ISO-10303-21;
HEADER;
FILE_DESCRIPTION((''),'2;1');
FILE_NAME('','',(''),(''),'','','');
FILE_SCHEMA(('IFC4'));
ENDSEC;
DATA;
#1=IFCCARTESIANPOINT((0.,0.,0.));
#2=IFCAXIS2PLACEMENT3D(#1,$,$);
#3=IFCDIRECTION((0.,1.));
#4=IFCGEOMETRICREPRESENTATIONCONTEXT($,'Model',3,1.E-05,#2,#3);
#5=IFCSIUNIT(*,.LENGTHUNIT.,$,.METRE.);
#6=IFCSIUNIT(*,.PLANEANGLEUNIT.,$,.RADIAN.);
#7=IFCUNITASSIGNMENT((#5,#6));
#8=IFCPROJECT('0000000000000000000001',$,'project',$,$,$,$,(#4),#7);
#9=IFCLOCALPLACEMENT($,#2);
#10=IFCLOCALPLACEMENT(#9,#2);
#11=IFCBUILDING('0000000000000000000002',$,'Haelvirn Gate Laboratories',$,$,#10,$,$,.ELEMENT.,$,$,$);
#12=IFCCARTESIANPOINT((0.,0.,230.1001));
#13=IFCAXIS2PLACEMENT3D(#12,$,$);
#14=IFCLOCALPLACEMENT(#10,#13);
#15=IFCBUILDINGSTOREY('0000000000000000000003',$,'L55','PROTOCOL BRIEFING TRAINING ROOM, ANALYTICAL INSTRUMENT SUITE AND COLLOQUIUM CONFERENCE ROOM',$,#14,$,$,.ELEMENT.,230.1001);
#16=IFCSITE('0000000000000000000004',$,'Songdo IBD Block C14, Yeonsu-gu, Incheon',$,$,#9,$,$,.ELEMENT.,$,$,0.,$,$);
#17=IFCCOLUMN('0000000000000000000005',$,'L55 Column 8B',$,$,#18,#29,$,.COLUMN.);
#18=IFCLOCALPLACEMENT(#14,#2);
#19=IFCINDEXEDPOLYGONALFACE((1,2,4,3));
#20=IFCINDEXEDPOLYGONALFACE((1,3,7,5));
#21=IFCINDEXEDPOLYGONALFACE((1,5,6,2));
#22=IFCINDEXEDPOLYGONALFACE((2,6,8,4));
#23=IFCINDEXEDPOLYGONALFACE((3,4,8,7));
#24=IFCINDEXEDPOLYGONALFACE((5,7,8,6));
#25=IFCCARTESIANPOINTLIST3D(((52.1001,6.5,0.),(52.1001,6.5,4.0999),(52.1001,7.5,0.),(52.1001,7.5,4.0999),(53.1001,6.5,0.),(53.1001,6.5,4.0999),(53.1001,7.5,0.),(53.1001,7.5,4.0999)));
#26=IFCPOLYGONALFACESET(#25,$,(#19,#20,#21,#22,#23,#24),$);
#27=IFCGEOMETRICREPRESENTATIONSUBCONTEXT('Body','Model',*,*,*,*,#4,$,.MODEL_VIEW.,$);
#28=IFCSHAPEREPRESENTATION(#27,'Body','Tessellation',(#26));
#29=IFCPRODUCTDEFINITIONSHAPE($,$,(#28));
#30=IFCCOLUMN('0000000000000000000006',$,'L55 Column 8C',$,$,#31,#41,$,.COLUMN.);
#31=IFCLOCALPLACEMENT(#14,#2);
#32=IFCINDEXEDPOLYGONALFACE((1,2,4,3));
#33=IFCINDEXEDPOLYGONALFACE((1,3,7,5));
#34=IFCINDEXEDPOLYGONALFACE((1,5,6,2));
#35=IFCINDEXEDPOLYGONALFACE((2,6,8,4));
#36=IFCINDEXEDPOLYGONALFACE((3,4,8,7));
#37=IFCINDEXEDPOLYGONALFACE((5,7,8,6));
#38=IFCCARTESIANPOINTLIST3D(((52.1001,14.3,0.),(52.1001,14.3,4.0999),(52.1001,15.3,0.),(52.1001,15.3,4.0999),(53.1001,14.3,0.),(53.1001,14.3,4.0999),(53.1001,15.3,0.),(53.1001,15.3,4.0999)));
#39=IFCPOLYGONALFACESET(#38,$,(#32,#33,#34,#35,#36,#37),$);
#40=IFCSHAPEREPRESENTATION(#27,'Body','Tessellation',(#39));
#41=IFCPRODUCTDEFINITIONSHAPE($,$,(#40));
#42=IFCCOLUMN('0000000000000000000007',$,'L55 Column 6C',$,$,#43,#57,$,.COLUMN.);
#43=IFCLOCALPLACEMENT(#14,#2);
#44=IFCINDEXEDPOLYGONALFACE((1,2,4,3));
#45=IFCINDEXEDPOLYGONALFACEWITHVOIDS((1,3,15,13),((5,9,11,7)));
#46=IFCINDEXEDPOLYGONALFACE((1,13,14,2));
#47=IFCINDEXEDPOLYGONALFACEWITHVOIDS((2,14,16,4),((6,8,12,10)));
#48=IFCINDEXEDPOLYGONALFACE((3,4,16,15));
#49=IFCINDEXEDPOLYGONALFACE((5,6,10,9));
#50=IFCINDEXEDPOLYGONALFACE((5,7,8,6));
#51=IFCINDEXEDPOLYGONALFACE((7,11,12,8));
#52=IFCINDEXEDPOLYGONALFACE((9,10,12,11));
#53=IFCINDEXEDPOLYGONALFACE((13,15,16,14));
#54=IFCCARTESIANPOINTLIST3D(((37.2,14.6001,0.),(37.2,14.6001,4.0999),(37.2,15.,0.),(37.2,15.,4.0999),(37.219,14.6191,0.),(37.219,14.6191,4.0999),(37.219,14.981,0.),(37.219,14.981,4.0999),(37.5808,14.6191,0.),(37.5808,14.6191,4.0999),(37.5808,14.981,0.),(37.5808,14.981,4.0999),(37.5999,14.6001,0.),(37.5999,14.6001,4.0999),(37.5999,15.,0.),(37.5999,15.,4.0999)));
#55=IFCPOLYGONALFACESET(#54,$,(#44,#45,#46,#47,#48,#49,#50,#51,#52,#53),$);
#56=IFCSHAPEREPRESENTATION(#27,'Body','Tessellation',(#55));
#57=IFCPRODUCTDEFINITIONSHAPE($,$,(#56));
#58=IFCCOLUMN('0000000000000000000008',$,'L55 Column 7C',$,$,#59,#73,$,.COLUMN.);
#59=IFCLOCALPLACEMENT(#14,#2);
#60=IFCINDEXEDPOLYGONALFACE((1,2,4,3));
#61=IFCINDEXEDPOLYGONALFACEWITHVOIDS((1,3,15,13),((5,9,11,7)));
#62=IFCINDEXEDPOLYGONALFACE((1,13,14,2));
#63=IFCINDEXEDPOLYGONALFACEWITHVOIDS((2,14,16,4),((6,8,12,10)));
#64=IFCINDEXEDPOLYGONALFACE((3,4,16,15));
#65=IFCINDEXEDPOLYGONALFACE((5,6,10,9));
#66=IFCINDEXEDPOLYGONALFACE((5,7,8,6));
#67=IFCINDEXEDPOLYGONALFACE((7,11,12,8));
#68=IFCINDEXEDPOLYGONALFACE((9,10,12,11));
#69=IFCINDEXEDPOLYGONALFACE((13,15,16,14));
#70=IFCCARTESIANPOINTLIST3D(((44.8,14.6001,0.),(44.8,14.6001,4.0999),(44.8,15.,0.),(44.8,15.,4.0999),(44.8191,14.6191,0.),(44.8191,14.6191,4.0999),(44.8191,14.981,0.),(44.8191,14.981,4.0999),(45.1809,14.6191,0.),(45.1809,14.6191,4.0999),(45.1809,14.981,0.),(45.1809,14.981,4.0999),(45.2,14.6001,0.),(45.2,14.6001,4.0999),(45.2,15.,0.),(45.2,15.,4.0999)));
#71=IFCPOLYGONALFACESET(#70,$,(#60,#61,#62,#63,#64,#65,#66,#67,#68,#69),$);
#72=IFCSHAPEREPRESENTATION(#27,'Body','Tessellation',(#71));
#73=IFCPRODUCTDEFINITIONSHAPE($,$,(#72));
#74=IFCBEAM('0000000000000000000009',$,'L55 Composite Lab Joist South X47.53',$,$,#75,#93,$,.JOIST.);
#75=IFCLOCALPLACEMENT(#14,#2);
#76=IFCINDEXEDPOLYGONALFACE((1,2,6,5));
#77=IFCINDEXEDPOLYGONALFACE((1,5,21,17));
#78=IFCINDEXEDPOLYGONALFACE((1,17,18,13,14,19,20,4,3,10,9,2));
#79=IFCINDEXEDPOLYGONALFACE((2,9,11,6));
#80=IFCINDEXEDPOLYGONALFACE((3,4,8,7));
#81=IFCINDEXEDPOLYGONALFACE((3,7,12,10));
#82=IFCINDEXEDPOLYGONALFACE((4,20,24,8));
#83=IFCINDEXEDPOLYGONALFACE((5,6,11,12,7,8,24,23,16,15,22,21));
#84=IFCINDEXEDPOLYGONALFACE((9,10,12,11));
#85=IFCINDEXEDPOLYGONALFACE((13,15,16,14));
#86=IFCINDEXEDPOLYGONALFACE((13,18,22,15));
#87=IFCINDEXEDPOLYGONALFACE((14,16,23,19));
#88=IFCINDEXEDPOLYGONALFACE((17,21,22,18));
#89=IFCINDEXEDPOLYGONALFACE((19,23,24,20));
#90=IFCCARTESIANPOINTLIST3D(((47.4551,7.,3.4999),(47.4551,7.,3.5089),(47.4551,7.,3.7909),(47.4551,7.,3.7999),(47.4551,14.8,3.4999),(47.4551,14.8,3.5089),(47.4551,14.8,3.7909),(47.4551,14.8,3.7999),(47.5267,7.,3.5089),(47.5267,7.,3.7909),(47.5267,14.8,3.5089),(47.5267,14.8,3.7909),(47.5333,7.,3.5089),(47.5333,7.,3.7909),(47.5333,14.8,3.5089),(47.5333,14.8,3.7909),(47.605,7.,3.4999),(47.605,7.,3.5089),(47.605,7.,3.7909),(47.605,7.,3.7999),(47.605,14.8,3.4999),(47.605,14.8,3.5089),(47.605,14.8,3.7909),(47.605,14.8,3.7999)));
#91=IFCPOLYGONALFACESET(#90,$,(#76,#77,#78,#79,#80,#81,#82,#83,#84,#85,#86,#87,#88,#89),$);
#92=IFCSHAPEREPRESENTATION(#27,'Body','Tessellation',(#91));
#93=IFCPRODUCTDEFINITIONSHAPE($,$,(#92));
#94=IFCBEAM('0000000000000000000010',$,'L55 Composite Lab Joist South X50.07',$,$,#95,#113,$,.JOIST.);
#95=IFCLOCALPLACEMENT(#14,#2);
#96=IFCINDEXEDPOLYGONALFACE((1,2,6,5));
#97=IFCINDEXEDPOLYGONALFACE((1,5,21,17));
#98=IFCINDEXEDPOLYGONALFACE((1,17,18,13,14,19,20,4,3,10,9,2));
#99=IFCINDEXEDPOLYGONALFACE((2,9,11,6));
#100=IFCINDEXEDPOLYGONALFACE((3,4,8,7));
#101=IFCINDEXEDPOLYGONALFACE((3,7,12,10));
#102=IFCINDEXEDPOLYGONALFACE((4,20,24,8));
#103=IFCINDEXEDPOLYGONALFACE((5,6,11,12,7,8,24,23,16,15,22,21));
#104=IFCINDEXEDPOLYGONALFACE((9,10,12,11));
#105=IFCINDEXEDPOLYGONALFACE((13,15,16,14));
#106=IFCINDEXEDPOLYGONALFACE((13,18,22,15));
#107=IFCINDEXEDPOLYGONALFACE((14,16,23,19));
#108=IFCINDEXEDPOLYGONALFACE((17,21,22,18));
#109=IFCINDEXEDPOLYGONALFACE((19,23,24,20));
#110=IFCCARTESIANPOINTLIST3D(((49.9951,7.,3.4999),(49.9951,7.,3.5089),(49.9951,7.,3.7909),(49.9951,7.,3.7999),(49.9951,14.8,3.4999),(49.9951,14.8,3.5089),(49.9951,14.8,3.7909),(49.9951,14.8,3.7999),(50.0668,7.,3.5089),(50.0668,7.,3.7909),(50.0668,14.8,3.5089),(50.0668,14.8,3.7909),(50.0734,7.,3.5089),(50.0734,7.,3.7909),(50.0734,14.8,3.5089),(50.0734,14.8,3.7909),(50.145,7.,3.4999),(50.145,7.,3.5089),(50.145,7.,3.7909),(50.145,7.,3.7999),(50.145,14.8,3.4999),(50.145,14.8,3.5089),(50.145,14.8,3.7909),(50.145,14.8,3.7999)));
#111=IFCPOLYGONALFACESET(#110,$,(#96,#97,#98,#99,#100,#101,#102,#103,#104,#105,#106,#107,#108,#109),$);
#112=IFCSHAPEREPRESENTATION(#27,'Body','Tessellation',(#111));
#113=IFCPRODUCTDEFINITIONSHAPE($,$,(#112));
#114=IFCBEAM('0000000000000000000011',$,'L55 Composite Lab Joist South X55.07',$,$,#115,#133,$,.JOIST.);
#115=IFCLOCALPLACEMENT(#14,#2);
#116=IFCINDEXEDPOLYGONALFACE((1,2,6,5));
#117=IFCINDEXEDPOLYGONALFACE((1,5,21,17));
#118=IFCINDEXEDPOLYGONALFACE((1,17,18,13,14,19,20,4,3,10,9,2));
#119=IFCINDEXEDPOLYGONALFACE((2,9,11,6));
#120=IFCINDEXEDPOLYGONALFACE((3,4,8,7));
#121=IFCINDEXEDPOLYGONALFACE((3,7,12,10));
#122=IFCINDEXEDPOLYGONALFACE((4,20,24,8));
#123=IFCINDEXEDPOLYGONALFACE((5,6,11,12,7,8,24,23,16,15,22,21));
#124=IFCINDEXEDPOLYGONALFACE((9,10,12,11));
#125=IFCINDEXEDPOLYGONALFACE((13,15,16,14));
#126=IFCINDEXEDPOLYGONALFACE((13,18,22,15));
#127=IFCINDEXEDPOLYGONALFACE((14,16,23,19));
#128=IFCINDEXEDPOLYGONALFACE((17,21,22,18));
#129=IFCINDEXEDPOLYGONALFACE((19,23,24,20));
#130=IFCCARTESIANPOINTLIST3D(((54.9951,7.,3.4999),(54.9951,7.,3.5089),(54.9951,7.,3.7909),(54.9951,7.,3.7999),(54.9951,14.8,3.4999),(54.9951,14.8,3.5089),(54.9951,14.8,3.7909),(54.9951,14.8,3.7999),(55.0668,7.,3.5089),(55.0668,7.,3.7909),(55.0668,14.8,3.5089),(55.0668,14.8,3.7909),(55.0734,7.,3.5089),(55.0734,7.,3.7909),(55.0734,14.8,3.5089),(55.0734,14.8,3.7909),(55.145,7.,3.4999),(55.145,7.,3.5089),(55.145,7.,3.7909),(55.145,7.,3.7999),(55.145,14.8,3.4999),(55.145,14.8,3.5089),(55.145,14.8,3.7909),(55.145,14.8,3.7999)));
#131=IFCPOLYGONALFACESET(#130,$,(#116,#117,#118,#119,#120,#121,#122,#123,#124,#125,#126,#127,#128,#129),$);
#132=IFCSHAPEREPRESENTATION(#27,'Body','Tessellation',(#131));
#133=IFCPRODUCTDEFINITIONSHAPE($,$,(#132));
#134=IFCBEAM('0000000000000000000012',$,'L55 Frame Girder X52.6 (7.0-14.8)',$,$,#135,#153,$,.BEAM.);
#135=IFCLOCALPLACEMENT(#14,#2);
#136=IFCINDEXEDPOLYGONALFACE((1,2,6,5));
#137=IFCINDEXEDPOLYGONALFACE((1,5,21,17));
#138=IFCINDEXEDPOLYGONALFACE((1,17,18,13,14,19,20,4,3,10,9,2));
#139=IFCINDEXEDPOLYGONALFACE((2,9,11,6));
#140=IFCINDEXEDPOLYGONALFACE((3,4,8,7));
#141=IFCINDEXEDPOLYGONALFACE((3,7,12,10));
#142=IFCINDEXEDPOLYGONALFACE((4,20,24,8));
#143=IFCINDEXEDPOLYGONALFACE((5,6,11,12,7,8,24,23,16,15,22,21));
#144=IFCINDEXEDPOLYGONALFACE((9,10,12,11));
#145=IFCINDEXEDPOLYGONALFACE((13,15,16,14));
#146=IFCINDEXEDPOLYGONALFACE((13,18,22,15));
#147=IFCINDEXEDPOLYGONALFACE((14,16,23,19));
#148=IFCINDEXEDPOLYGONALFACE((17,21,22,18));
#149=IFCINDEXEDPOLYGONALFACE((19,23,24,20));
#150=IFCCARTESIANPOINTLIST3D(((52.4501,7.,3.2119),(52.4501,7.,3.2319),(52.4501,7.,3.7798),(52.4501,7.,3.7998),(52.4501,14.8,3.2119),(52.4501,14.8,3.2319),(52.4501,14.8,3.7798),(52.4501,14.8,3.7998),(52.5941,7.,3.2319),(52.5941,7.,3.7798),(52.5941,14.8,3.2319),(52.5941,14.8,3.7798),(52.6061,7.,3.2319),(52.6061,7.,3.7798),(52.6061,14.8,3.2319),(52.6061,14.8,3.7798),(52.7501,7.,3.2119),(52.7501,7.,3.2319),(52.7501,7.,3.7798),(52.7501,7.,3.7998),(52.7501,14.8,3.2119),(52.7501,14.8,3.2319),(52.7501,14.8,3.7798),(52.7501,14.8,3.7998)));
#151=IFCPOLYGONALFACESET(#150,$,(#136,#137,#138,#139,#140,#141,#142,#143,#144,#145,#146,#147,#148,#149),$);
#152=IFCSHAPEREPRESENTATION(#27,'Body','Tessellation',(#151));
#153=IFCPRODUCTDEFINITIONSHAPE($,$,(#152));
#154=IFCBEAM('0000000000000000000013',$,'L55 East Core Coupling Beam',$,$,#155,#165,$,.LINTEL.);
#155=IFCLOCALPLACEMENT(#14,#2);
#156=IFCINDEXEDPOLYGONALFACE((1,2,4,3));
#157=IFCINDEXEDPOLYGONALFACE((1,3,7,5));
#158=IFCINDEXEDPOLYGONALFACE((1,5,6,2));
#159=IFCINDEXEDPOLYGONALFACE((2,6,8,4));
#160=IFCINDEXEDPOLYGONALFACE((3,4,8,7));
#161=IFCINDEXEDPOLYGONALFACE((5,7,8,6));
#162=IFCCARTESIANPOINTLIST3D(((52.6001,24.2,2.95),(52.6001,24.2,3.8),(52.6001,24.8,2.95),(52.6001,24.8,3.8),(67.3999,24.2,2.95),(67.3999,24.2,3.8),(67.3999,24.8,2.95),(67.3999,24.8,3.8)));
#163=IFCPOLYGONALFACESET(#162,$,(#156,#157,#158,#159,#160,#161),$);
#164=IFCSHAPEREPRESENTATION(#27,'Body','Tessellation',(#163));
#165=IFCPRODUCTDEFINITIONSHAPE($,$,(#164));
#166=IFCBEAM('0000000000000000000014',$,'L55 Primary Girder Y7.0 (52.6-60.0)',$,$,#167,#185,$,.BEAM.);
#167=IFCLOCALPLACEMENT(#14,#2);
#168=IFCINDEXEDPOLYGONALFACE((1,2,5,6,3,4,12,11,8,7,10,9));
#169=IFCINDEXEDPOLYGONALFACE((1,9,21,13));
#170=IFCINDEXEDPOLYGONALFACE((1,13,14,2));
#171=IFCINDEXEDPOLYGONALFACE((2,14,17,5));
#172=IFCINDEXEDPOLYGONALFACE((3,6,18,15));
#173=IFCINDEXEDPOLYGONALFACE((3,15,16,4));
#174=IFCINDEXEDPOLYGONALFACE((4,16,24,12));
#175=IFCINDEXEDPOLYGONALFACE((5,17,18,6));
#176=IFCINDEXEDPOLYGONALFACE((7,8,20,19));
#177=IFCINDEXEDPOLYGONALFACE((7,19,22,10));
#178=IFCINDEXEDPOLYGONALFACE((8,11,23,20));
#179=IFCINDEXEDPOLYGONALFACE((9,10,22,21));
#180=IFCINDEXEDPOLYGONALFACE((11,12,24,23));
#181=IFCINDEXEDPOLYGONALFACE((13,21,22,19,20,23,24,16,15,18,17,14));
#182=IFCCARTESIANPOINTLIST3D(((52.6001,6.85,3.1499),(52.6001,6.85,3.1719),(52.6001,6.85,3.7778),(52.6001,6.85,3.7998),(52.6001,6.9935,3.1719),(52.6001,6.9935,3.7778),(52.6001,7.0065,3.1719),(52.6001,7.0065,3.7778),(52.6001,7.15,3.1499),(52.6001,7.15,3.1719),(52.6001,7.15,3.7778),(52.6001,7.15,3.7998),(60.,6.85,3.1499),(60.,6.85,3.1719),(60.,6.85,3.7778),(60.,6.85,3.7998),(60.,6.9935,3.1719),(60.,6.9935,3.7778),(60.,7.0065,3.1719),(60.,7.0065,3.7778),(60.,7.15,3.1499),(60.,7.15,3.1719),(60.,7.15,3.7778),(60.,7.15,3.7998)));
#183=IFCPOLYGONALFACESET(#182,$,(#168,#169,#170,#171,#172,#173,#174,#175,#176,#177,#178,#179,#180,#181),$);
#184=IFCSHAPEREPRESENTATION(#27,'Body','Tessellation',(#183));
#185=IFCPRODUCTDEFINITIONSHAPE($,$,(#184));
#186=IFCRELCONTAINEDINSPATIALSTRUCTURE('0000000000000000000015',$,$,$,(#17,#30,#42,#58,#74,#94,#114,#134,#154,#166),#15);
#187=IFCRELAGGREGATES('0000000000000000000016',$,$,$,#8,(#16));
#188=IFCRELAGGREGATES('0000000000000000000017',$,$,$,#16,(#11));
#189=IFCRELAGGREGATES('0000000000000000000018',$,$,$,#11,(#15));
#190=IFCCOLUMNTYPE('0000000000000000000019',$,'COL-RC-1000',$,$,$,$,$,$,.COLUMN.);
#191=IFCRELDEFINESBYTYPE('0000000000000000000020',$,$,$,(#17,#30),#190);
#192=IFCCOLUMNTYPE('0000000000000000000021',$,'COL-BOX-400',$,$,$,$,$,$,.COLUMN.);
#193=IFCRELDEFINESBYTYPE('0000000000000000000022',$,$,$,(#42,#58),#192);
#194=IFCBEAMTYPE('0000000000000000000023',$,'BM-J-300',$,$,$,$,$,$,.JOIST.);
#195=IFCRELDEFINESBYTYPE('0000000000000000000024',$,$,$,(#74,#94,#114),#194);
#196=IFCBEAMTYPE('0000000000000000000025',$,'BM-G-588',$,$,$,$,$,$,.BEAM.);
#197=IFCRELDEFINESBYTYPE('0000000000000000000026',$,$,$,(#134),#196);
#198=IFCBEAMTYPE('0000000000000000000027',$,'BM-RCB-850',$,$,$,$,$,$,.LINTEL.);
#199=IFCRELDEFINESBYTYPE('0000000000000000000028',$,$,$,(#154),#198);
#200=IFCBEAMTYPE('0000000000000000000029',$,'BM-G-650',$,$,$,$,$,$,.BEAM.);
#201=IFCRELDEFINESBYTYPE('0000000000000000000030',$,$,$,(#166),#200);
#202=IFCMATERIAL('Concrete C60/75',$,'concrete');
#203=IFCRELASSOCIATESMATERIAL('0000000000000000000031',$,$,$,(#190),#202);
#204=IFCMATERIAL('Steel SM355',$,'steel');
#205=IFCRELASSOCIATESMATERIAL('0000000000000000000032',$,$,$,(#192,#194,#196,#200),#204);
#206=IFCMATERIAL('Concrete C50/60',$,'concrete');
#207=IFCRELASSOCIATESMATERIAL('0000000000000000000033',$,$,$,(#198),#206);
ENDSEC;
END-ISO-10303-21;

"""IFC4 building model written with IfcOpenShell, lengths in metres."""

from ifc_helpers import new_model, si_unit, direction, frame, origin, origin_2d, place, context, subcontext, project, spatial, rectangle, hollow_rectangle, i_section, extrude, source, transform, mapped, material, material_profile, profile_set, type_object, type_shapes, element, save


model = new_model("IFC4")

# Units and contexts
model_context = context("Model", 3, precision=1e-05, world=origin(), true_north=direction((0.0, 1.0)))
body_context = subcontext(model_context, "Body", "Model", "MODEL_VIEW")
ifc_project = project(units=[si_unit("LENGTHUNIT", "METRE"), si_unit("PLANEANGLEUNIT", "RADIAN")], contexts=[model_context])

# Site, building, storey
site_placement = place(None, origin())
site = spatial("IfcSite", under=ifc_project, at=site_placement, Name="Songdo IBD Block C14, Yeonsu-gu, Incheon", CompositionType="ELEMENT", RefElevation=0.0)
building_placement = place(site_placement, origin())
building = spatial("IfcBuilding", under=site, at=building_placement, Name="Haelvirn Gate Laboratories", CompositionType="ELEMENT")
storey_placement = place(building_placement, frame((0.0, 0.0, 230.1001)))
storey = spatial("IfcBuildingStorey", under=building, at=storey_placement, Name="L55", Description="PROTOCOL BRIEFING TRAINING ROOM, ANALYTICAL INSTRUMENT SUITE AND COLLOQUIUM CONFERENCE ROOM", CompositionType="ELEMENT", Elevation=230.1001)

# Columns
ifc_material_1 = material(Name="Concrete C60/75", Category="concrete")
ifc_material_profile_1 = material_profile(ifc_material_1, rectangle(XDim=1.0, YDim=1.0, at=origin_2d()), Name="RC-1000x1000")
ifc_profile_set_1 = profile_set([ifc_material_profile_1], Name="Concrete C60/75")
column_type_1 = type_object("IfcColumnType", Name="COL-RC-1000", PredefinedType="COLUMN", material=ifc_profile_set_1)
shared_shape_1 = source(origin(), body_context, "Body", "SweptSolid", [
    extrude(rectangle(XDim=1.0, YDim=1.0, at=origin_2d()), origin(), (0.0, 0.0, 1.0), 4.0999),
])
type_shapes(column_type_1, [shared_shape_1])
for number, where, z_axis, x_axis, name in (
    (1, (52.6001, 7.0, 0.0), (0.0, 0.0, 1.0), (1.0, 0.0, 0.0), "L55 Column 8B"),
    (2, (52.6001, 14.8, 0.0), (0.0, 0.0, 1.0), (1.0, 0.0, 0.0), "L55 Column 8C"),
):
    element("IfcColumn", number, at=place(storey_placement, frame(where, z_axis=z_axis, x_axis=x_axis)), inside=storey, type_object=column_type_1, Name=name, PredefinedType="COLUMN", context=body_context, shape_type="MappedRepresentation", body=[
        mapped(shared_shape_1, transform((0.0, 0.0, 0.0), scale=1.0)),
    ])
ifc_material_2 = material(Name="Steel SM355", Category="steel")
ifc_material_profile_2 = material_profile(ifc_material_2, hollow_rectangle(XDim=0.3999, YDim=0.3999, WallThickness=0.019, at=origin_2d()), Name="BOX-400x400x19")
ifc_profile_set_2 = profile_set([ifc_material_profile_2], Name="Steel SM355")
column_type_2 = type_object("IfcColumnType", Name="COL-BOX-400", PredefinedType="COLUMN", material=ifc_profile_set_2)
shared_shape_2 = source(origin(), body_context, "Body", "SweptSolid", [
    extrude(hollow_rectangle(XDim=0.3999, YDim=0.3999, WallThickness=0.019, at=origin_2d()), origin(), (0.0, 0.0, 1.0), 4.0999),
])
type_shapes(column_type_2, [shared_shape_2])
for number, where, z_axis, x_axis, name in (
    (3, (37.3999, 14.8, 0.0), (0.0, 0.0, 1.0), (1.0, 0.0, 0.0), "L55 Column 6C"),
    (4, (45.0, 14.8, 0.0), (0.0, 0.0, 1.0), (1.0, 0.0, 0.0), "L55 Column 7C"),
):
    element("IfcColumn", number, at=place(storey_placement, frame(where, z_axis=z_axis, x_axis=x_axis)), inside=storey, type_object=column_type_2, Name=name, PredefinedType="COLUMN", context=body_context, shape_type="MappedRepresentation", body=[
        mapped(shared_shape_2, transform((0.0, 0.0, 0.0), scale=1.0)),
    ])

# Beams
ifc_material_profile_3 = material_profile(ifc_material_2, i_section(OverallWidth=0.1499, OverallDepth=0.3, WebThickness=0.0066, FlangeThickness=0.009, at=origin_2d()), Name="H-300x150x6.5x9")
ifc_profile_set_3 = profile_set([ifc_material_profile_3], Name="Steel SM355")
beam_type_1 = type_object("IfcBeamType", Name="BM-J-300", PredefinedType="JOIST", material=ifc_profile_set_3)
shared_shape_3 = source(origin(), body_context, "Body", "SweptSolid", [
    extrude(i_section(OverallWidth=0.1499, OverallDepth=0.3, WebThickness=0.0066, FlangeThickness=0.009, at=origin_2d()), origin(), (0.0, 0.0, 1.0), 7.8),
])
type_shapes(beam_type_1, [shared_shape_3])
for number, where, z_axis, x_axis, name in (
    (5, (47.53, 7.0, 3.6499), (0.0, 1.0, 0.0), (-1.0, 0.0, 0.0), "L55 Composite Lab Joist South X47.53"),
    (6, (50.0701, 7.0, 3.6499), (0.0, 1.0, 0.0), (-1.0, 0.0, 0.0), "L55 Composite Lab Joist South X50.07"),
    (7, (55.0701, 7.0, 3.6499), (0.0, 1.0, 0.0), (-1.0, 0.0, 0.0), "L55 Composite Lab Joist South X55.07"),
):
    element("IfcBeam", number, at=place(storey_placement, frame(where, z_axis=z_axis, x_axis=x_axis)), inside=storey, type_object=beam_type_1, Name=name, PredefinedType="JOIST", context=body_context, shape_type="MappedRepresentation", body=[
        mapped(shared_shape_3, transform((0.0, 0.0, 0.0), scale=1.0)),
    ])
ifc_material_profile_4 = material_profile(ifc_material_2, i_section(OverallWidth=0.3, OverallDepth=0.5879, WebThickness=0.012, FlangeThickness=0.02, at=origin_2d()), Name="H-588x300x12x20")
ifc_profile_set_4 = profile_set([ifc_material_profile_4], Name="Steel SM355")
beam_type_2 = type_object("IfcBeamType", Name="BM-G-588", PredefinedType="BEAM", material=ifc_profile_set_4)
shared_shape_4 = source(origin(), body_context, "Body", "SweptSolid", [
    extrude(i_section(OverallWidth=0.3, OverallDepth=0.5879, WebThickness=0.012, FlangeThickness=0.02, at=origin_2d()), origin(), (0.0, 0.0, 1.0), 7.8),
])
type_shapes(beam_type_2, [shared_shape_4])
beam_1_placement = place(storey_placement, frame((52.6001, 7.0, 3.5059), z_axis=(0.0, 1.0, 0.0), x_axis=(-1.0, 0.0, 0.0)))
element("IfcBeam", 8, at=beam_1_placement, inside=storey, type_object=beam_type_2, Name="L55 Frame Girder X52.6 (7.0-14.8)", PredefinedType="BEAM", context=body_context, shape_type="MappedRepresentation", body=[
    mapped(shared_shape_4, transform((0.0, 0.0, 0.0), scale=1.0)),
])
ifc_material_3 = material(Name="Concrete C50/60", Category="concrete")
ifc_material_profile_5 = material_profile(ifc_material_3, rectangle(XDim=0.6001, YDim=0.8501, at=origin_2d()), Name="RCB-600x850")
ifc_profile_set_5 = profile_set([ifc_material_profile_5], Name="Concrete C50/60")
beam_type_3 = type_object("IfcBeamType", Name="BM-RCB-850", PredefinedType="LINTEL", material=ifc_profile_set_5)
shared_shape_5 = source(origin(), body_context, "Body", "SweptSolid", [
    extrude(rectangle(XDim=0.6001, YDim=0.8501, at=origin_2d()), origin(), (0.0, 0.0, 1.0), 14.7998),
])
type_shapes(beam_type_3, [shared_shape_5])
beam_2_placement = place(storey_placement, frame((52.6001, 24.5, 3.375), z_axis=(1.0, 0.0, 0.0), x_axis=(0.0, 1.0, 0.0)))
element("IfcBeam", 9, at=beam_2_placement, inside=storey, type_object=beam_type_3, Name="L55 East Core Coupling Beam", PredefinedType="LINTEL", context=body_context, shape_type="MappedRepresentation", body=[
    mapped(shared_shape_5, transform((0.0, 0.0, 0.0), scale=1.0)),
])
ifc_material_profile_6 = material_profile(ifc_material_2, i_section(OverallWidth=0.3, OverallDepth=0.6499, WebThickness=0.0129, FlangeThickness=0.022, at=origin_2d()), Name="H-650x300x13x22")
ifc_profile_set_6 = profile_set([ifc_material_profile_6], Name="Steel SM355")
beam_type_4 = type_object("IfcBeamType", Name="BM-G-650", PredefinedType="BEAM", material=ifc_profile_set_6)
shared_shape_6 = source(origin(), body_context, "Body", "SweptSolid", [
    extrude(i_section(OverallWidth=0.3, OverallDepth=0.6499, WebThickness=0.0129, FlangeThickness=0.022, at=origin_2d()), origin(), (0.0, 0.0, 1.0), 7.3999),
])
beam_3_placement = place(storey_placement, frame((52.6001, 7.0, 3.4749), z_axis=(1.0, 0.0, 0.0), x_axis=(0.0, 1.0, 0.0)))
element("IfcBeam", 10, at=beam_3_placement, inside=storey, type_object=beam_type_4, Name="L55 Primary Girder Y7.0 (52.6-60.0)", PredefinedType="BEAM", context=body_context, shape_type="MappedRepresentation", body=[
    mapped(shared_shape_6, transform((0.0, 0.0, 0.0), scale=1.0)),
])

save(model, "model.ifc")
